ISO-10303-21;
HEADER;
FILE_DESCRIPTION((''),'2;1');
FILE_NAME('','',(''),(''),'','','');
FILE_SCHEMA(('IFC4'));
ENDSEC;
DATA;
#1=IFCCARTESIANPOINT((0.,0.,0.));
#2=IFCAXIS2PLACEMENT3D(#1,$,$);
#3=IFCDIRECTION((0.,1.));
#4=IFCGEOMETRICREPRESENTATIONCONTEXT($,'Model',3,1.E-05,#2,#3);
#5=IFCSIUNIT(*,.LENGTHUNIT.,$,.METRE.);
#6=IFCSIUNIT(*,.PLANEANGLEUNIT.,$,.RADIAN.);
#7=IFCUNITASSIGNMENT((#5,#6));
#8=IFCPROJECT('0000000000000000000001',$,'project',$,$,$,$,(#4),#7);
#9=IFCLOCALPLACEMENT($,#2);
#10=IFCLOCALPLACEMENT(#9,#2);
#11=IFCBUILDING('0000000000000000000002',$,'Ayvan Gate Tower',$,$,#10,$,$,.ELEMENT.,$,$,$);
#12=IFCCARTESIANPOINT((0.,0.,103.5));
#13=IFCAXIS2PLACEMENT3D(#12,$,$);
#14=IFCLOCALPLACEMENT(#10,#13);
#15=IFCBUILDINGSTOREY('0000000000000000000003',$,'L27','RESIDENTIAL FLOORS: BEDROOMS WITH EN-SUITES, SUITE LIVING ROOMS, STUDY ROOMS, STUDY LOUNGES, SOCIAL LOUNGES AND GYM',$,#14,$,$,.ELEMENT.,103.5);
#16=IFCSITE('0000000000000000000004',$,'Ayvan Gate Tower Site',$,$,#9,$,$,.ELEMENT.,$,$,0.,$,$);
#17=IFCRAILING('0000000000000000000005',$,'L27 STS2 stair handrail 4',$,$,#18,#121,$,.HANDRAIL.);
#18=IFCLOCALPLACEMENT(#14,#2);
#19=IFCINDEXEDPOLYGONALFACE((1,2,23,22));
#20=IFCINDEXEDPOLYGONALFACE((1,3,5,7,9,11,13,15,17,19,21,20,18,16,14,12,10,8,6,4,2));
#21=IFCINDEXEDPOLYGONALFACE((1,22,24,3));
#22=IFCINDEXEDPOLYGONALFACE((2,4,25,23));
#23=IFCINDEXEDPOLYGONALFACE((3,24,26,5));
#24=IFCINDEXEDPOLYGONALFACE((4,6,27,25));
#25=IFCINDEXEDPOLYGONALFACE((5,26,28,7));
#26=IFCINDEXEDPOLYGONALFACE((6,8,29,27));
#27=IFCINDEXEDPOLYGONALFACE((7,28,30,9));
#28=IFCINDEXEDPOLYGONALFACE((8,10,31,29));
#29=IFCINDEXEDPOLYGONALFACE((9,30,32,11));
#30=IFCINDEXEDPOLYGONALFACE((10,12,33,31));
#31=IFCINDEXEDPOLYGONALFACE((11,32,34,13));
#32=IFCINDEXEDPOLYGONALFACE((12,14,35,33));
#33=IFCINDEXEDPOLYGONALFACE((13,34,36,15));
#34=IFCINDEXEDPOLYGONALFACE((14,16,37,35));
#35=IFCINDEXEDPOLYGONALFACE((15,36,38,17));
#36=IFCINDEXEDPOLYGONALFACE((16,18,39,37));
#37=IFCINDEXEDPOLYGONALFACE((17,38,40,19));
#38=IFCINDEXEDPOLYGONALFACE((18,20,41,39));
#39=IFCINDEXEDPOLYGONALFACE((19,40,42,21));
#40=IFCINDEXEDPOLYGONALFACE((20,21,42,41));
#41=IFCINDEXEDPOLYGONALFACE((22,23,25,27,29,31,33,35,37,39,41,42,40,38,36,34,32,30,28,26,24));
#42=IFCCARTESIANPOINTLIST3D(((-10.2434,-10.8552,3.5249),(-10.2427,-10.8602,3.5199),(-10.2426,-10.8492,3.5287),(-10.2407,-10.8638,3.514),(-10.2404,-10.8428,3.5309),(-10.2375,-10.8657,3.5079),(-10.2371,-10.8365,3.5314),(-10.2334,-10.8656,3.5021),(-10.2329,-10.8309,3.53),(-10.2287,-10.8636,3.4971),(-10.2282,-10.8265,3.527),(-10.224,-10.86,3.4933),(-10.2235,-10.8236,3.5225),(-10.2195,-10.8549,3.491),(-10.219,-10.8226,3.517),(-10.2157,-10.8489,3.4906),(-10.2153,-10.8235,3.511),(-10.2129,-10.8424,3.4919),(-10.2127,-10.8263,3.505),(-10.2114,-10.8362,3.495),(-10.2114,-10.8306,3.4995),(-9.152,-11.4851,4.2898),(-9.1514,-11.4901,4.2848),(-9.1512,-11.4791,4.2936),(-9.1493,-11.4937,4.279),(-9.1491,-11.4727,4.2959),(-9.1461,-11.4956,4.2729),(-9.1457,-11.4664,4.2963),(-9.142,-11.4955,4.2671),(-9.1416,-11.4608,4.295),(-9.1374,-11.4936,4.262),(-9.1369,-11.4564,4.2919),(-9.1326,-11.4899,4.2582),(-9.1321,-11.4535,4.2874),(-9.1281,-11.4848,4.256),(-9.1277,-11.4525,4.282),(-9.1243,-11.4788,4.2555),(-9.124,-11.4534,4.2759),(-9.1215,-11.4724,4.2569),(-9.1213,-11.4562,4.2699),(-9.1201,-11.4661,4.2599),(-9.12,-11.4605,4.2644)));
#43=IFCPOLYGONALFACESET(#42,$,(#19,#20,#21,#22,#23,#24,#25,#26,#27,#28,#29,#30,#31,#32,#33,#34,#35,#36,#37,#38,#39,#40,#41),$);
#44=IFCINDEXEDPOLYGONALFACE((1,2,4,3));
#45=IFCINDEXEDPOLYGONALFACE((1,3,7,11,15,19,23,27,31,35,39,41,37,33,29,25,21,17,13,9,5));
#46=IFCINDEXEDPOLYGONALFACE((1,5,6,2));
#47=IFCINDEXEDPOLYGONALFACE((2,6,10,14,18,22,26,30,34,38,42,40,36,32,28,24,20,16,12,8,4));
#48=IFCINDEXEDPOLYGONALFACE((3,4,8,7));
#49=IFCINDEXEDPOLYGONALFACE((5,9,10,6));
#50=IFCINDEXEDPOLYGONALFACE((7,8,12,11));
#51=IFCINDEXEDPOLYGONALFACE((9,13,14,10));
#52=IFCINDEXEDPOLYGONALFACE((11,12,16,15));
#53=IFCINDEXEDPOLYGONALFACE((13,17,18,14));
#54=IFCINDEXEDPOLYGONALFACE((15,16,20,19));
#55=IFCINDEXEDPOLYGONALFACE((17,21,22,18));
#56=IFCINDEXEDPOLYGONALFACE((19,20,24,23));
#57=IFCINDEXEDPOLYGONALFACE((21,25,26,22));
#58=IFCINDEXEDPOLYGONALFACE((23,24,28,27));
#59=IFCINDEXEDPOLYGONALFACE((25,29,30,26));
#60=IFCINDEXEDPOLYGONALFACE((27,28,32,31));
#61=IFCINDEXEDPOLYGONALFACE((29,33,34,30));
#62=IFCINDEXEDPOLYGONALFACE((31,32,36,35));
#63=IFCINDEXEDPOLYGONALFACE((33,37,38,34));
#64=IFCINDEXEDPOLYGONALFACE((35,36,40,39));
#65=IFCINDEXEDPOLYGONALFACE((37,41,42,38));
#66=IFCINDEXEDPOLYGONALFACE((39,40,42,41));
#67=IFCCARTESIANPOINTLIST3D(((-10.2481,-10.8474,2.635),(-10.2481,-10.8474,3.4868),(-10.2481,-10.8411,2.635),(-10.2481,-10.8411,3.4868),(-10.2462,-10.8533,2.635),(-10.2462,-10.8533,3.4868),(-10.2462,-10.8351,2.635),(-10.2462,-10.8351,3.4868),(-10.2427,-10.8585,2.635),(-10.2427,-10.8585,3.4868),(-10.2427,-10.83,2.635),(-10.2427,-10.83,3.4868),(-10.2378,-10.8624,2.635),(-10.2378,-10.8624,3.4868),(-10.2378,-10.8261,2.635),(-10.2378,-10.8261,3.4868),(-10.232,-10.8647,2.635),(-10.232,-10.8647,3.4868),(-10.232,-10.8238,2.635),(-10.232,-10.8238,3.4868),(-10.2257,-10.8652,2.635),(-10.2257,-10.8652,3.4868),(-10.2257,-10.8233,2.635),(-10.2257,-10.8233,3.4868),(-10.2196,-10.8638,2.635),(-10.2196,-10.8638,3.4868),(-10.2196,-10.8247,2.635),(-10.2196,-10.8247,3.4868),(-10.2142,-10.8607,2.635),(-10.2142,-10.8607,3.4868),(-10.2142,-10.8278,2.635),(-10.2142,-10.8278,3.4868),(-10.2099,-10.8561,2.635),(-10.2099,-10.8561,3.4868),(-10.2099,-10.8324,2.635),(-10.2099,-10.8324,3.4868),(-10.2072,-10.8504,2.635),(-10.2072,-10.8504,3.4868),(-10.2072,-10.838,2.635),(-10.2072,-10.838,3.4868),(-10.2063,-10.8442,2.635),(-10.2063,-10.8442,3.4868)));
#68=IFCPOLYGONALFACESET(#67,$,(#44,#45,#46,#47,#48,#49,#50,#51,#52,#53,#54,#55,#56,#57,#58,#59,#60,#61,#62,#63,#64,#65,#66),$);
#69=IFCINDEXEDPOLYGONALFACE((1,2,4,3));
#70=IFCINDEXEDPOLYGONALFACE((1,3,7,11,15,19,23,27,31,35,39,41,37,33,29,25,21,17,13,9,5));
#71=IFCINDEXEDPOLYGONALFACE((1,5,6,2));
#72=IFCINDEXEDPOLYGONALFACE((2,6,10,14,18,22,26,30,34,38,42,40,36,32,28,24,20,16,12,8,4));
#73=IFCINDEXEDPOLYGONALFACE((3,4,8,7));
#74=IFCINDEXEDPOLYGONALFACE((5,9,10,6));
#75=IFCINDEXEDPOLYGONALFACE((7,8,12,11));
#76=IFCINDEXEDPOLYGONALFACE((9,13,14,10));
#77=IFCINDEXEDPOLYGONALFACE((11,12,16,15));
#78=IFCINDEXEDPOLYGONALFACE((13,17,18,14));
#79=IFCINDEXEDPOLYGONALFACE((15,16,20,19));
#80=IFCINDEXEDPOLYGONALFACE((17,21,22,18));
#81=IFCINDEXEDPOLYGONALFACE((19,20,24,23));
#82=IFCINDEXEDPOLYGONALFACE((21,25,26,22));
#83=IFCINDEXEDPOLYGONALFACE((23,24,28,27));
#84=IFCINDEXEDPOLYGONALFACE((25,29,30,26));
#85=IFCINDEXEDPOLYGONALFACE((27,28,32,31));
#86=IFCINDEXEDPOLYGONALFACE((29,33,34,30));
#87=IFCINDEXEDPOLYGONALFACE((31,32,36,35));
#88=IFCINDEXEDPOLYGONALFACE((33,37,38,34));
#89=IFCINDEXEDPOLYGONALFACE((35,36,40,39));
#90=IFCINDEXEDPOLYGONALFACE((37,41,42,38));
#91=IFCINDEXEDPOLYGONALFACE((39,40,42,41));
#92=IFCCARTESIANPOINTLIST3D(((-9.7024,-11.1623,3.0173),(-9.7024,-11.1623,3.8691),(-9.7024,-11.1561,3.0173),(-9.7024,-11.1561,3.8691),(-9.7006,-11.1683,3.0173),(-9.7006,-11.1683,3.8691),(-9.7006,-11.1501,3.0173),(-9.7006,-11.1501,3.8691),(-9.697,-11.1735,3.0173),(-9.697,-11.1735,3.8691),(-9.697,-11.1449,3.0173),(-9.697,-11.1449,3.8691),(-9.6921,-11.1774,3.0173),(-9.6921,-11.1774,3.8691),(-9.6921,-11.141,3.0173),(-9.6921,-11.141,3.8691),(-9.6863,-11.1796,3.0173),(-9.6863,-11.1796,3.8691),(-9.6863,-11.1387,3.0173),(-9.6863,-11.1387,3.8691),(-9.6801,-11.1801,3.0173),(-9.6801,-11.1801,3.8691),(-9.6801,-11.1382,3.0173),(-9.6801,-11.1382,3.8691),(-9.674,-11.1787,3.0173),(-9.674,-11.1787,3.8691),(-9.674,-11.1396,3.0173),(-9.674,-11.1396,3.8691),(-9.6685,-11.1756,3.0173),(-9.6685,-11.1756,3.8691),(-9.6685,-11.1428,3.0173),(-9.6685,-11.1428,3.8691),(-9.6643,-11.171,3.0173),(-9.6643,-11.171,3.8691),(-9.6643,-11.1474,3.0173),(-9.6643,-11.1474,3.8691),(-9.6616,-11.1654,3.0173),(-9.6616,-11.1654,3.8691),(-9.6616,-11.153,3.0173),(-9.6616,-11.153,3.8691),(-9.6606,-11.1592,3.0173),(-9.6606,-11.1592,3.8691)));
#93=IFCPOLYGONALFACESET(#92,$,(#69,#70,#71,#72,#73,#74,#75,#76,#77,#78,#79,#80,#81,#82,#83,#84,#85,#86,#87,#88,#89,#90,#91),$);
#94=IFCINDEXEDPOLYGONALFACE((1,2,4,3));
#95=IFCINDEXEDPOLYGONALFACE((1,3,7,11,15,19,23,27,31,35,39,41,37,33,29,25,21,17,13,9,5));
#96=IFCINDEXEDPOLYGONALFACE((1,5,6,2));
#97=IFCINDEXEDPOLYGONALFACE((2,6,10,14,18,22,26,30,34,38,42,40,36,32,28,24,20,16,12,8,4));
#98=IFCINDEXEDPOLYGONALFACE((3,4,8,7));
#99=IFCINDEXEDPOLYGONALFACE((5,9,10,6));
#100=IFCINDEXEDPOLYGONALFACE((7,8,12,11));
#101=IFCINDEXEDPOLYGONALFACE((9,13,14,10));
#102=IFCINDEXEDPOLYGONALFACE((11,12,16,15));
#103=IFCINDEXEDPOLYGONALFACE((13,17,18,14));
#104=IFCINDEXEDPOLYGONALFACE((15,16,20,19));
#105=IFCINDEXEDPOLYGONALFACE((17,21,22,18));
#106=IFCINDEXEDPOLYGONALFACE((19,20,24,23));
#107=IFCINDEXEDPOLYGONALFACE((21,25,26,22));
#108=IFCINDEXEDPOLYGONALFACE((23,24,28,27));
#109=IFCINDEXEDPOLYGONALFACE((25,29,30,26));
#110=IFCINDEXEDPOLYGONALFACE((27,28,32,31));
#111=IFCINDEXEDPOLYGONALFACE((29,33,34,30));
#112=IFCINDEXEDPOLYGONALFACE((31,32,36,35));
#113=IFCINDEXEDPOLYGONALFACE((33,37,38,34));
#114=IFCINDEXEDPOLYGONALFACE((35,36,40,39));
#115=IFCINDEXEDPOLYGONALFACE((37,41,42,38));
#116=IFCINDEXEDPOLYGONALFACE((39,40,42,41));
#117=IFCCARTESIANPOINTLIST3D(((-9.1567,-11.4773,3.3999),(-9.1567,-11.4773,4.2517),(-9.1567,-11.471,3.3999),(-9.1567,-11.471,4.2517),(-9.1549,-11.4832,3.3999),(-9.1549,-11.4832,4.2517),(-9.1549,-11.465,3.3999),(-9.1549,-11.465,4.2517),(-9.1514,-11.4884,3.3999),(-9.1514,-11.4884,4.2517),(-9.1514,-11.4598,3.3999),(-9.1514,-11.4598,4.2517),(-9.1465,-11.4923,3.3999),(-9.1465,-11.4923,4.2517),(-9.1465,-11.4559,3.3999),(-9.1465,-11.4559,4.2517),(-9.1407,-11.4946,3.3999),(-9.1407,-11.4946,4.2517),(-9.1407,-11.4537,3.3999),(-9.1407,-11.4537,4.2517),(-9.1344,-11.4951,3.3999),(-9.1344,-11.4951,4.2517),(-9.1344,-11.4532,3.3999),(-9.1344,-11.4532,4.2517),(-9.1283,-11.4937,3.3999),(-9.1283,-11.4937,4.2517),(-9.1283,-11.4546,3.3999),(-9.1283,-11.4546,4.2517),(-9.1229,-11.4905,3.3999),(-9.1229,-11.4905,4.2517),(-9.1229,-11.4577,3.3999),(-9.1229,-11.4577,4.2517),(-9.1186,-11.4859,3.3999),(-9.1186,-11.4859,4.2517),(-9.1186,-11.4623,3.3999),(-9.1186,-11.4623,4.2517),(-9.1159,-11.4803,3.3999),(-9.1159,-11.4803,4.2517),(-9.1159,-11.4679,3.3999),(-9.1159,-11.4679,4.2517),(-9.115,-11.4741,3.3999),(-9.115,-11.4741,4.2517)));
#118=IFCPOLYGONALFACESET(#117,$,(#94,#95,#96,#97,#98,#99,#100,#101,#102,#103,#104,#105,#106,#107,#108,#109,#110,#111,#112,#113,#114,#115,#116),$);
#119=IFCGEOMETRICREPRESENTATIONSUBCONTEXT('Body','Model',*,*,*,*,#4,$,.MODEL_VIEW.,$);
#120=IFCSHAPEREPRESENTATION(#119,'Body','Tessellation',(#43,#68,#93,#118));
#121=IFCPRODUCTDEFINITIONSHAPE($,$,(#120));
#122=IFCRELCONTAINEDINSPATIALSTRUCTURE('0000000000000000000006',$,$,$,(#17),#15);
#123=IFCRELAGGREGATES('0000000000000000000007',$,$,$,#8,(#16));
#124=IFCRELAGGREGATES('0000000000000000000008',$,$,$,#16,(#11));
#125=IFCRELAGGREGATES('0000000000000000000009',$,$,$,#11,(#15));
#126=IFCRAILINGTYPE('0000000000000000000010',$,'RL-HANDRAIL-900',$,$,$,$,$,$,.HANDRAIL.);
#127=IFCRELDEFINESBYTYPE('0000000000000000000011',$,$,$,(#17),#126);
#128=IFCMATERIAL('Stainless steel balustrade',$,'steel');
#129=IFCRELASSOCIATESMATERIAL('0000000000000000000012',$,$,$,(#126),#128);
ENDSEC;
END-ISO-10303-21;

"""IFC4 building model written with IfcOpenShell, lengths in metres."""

from ifc_helpers import new_model, si_unit, direction, frame, origin, origin_2d, place, context, subcontext, project, spatial, circle, extrude, material, type_object, element, save


model = new_model("IFC4")

# Units and contexts
model_context = context("Model", 3, precision=1e-05, world=origin(), true_north=direction((0.0, 1.0)))
body_context = subcontext(model_context, "Body", "Model", "MODEL_VIEW")
ifc_project = project(units=[si_unit("LENGTHUNIT", "METRE"), si_unit("PLANEANGLEUNIT", "RADIAN")], contexts=[model_context])

# Site, building, storey
site_placement = place(None, origin())
site = spatial("IfcSite", under=ifc_project, at=site_placement, Name="Ayvan Gate Tower Site", CompositionType="ELEMENT", RefElevation=0.0)
building_placement = place(site_placement, origin())
building = spatial("IfcBuilding", under=site, at=building_placement, Name="Ayvan Gate Tower", CompositionType="ELEMENT")
storey_placement = place(building_placement, frame((0.0, 0.0, 103.5)))
storey = spatial("IfcBuildingStorey", under=building, at=storey_placement, Name="L27", Description="RESIDENTIAL FLOORS: BEDROOMS WITH EN-SUITES, SUITE LIVING ROOMS, STUDY ROOMS, STUDY LOUNGES, SOCIAL LOUNGES AND GYM", CompositionType="ELEMENT", Elevation=103.5)

# Railing
ifc_material_1 = material(Name="Stainless steel balustrade", Category="steel")
railing_type_1 = type_object("IfcRailingType", Name="RL-HANDRAIL-900", PredefinedType="HANDRAIL", material=ifc_material_1)
railing_1_placement = place(storey_placement, frame((-10.2273, -10.8442, 2.635)))
element("IfcRailing", 1, at=railing_1_placement, inside=storey, type_object=railing_type_1, Name="L27 STS2 stair handrail 4", PredefinedType="HANDRAIL", context=body_context, shape_type="SweptSolid", body=[
    extrude(circle(Radius=0.0239, at=origin_2d()), frame((0.0, 0.0, 0.876), z_axis=(0.740357, -0.42732, 0.518912), x_axis=(0.49989, 0.866089, 0.0)), (0.0, 0.0, 1.0), 1.4741),
    extrude(circle(Radius=0.021, at=origin_2d()), origin(), (0.0, 0.0, 1.0), 0.8518),
    extrude(circle(Radius=0.021, at=origin_2d()), frame((0.5457, -0.3149, 0.3823)), (0.0, 0.0, 1.0), 0.8518),
    extrude(circle(Radius=0.021, at=origin_2d()), frame((1.0913, -0.6299, 0.7649)), (0.0, 0.0, 1.0), 0.8518),
])

save(model, "model.ifc")
